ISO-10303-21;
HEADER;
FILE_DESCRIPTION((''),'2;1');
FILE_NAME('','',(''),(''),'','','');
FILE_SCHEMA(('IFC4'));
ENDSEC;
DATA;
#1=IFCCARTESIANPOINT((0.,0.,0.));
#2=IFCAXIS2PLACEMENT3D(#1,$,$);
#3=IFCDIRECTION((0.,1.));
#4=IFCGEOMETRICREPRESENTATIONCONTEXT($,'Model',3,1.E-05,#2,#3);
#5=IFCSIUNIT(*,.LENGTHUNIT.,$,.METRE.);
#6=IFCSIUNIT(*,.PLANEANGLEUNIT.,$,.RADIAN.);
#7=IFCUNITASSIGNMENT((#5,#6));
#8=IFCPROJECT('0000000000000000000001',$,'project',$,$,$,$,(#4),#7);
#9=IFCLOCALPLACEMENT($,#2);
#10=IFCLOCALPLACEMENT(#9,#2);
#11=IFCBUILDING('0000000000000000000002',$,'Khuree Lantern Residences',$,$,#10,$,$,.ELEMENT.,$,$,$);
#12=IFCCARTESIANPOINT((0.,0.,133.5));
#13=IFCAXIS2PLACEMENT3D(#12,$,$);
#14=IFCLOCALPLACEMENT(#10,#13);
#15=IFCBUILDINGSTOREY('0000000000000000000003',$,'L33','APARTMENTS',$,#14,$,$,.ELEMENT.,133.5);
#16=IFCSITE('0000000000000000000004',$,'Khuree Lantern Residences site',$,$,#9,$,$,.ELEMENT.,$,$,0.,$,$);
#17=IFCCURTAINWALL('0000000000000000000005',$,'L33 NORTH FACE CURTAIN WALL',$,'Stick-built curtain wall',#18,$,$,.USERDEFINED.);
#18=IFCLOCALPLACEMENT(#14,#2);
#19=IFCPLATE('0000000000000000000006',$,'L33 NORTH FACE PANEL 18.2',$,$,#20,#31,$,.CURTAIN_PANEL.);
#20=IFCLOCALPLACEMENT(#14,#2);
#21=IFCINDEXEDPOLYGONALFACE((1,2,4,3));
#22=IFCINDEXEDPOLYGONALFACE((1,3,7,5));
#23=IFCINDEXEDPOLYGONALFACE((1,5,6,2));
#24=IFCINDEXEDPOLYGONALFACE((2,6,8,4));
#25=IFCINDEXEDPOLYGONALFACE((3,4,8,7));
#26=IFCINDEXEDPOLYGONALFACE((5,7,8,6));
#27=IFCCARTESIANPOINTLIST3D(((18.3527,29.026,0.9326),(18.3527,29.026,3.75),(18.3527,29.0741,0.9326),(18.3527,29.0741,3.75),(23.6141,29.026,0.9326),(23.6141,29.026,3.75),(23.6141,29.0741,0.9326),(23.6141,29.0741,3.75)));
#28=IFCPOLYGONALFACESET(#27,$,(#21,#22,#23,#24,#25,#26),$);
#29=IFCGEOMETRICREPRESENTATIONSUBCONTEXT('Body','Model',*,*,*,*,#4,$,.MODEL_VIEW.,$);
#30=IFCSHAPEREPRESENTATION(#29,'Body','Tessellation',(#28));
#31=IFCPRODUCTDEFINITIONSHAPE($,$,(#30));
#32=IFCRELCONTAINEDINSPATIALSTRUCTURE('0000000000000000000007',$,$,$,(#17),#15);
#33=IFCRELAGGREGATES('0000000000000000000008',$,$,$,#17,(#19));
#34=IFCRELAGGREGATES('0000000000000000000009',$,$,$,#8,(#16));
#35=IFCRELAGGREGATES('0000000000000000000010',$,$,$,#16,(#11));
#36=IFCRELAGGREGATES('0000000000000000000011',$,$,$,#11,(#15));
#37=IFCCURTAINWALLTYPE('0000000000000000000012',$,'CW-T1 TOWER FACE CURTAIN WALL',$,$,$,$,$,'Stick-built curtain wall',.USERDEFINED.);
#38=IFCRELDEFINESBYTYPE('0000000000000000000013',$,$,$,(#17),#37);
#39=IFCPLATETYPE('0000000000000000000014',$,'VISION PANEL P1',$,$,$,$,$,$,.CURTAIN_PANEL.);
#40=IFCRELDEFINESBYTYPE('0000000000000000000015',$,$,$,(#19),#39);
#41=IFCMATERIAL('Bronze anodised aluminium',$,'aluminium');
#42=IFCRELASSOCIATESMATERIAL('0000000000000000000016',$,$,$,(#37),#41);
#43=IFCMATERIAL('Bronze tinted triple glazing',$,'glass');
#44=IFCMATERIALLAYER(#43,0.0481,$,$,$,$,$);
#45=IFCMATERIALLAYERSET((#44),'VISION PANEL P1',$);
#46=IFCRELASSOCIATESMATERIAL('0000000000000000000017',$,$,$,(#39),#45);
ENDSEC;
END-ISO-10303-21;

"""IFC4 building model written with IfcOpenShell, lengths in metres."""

from ifc_helpers import new_model, si_unit, direction, frame, origin, origin_2d, place, context, subcontext, project, spatial, rectangle, extrude, material, layer, layer_set, type_object, element, aggregate, save


model = new_model("IFC4")

# Units and contexts
model_context = context("Model", 3, precision=1e-05, world=origin(), true_north=direction((0.0, 1.0)))
body_context = subcontext(model_context, "Body", "Model", "MODEL_VIEW")
ifc_project = project(units=[si_unit("LENGTHUNIT", "METRE"), si_unit("PLANEANGLEUNIT", "RADIAN")], contexts=[model_context])

# Site, building, storey
site_placement = place(None, origin())
site = spatial("IfcSite", under=ifc_project, at=site_placement, Name="Khuree Lantern Residences site", CompositionType="ELEMENT", RefElevation=0.0)
building_placement = place(site_placement, origin())
building = spatial("IfcBuilding", under=site, at=building_placement, Name="Khuree Lantern Residences", CompositionType="ELEMENT")
storey_placement = place(building_placement, frame((0.0, 0.0, 133.5)))
storey = spatial("IfcBuildingStorey", under=building, at=storey_placement, Name="L33", Description="APARTMENTS", CompositionType="ELEMENT", Elevation=133.5)

# Curtain wall
ifc_material_1 = material(Name="Bronze anodised aluminium", Category="aluminium")
curtain_wall_type_1 = type_object("IfcCurtainWallType", Name="CW-T1 TOWER FACE CURTAIN WALL", ElementType="Stick-built curtain wall", PredefinedType="USERDEFINED", material=ifc_material_1)
curtain_wall_1_placement = place(storey_placement, origin())
curtain_wall_1 = element("IfcCurtainWall", 1, at=curtain_wall_1_placement, inside=storey, type_object=curtain_wall_type_1, Name="L33 NORTH FACE CURTAIN WALL", ObjectType="Stick-built curtain wall", PredefinedType="USERDEFINED")

# Plate
ifc_material_2 = material(Name="Bronze tinted triple glazing", Category="glass")
ifc_layer_1 = layer(ifc_material_2, 0.0481)
ifc_layer_set_1 = layer_set([ifc_layer_1], Name="VISION PANEL P1")
plate_type_1 = type_object("IfcPlateType", Name="VISION PANEL P1", PredefinedType="CURTAIN_PANEL", material=ifc_layer_set_1)
plate_1_placement = place(storey_placement, frame((20.9834, 29.05, 0.9326), z_axis=(0.0, 0.0, 1.0), x_axis=(-1.0, 0.0, 0.0)))
plate_1 = element("IfcPlate", 2, at=plate_1_placement, type_object=plate_type_1, Name="L33 NORTH FACE PANEL 18.2", PredefinedType="CURTAIN_PANEL", context=body_context, shape_type="SweptSolid", body=[
    extrude(rectangle(XDim=5.2615, YDim=0.0481, at=origin_2d()), origin(), (0.0, 0.0, 1.0), 2.8174),
])
aggregate(curtain_wall_1, [plate_1])

save(model, "model.ifc")
